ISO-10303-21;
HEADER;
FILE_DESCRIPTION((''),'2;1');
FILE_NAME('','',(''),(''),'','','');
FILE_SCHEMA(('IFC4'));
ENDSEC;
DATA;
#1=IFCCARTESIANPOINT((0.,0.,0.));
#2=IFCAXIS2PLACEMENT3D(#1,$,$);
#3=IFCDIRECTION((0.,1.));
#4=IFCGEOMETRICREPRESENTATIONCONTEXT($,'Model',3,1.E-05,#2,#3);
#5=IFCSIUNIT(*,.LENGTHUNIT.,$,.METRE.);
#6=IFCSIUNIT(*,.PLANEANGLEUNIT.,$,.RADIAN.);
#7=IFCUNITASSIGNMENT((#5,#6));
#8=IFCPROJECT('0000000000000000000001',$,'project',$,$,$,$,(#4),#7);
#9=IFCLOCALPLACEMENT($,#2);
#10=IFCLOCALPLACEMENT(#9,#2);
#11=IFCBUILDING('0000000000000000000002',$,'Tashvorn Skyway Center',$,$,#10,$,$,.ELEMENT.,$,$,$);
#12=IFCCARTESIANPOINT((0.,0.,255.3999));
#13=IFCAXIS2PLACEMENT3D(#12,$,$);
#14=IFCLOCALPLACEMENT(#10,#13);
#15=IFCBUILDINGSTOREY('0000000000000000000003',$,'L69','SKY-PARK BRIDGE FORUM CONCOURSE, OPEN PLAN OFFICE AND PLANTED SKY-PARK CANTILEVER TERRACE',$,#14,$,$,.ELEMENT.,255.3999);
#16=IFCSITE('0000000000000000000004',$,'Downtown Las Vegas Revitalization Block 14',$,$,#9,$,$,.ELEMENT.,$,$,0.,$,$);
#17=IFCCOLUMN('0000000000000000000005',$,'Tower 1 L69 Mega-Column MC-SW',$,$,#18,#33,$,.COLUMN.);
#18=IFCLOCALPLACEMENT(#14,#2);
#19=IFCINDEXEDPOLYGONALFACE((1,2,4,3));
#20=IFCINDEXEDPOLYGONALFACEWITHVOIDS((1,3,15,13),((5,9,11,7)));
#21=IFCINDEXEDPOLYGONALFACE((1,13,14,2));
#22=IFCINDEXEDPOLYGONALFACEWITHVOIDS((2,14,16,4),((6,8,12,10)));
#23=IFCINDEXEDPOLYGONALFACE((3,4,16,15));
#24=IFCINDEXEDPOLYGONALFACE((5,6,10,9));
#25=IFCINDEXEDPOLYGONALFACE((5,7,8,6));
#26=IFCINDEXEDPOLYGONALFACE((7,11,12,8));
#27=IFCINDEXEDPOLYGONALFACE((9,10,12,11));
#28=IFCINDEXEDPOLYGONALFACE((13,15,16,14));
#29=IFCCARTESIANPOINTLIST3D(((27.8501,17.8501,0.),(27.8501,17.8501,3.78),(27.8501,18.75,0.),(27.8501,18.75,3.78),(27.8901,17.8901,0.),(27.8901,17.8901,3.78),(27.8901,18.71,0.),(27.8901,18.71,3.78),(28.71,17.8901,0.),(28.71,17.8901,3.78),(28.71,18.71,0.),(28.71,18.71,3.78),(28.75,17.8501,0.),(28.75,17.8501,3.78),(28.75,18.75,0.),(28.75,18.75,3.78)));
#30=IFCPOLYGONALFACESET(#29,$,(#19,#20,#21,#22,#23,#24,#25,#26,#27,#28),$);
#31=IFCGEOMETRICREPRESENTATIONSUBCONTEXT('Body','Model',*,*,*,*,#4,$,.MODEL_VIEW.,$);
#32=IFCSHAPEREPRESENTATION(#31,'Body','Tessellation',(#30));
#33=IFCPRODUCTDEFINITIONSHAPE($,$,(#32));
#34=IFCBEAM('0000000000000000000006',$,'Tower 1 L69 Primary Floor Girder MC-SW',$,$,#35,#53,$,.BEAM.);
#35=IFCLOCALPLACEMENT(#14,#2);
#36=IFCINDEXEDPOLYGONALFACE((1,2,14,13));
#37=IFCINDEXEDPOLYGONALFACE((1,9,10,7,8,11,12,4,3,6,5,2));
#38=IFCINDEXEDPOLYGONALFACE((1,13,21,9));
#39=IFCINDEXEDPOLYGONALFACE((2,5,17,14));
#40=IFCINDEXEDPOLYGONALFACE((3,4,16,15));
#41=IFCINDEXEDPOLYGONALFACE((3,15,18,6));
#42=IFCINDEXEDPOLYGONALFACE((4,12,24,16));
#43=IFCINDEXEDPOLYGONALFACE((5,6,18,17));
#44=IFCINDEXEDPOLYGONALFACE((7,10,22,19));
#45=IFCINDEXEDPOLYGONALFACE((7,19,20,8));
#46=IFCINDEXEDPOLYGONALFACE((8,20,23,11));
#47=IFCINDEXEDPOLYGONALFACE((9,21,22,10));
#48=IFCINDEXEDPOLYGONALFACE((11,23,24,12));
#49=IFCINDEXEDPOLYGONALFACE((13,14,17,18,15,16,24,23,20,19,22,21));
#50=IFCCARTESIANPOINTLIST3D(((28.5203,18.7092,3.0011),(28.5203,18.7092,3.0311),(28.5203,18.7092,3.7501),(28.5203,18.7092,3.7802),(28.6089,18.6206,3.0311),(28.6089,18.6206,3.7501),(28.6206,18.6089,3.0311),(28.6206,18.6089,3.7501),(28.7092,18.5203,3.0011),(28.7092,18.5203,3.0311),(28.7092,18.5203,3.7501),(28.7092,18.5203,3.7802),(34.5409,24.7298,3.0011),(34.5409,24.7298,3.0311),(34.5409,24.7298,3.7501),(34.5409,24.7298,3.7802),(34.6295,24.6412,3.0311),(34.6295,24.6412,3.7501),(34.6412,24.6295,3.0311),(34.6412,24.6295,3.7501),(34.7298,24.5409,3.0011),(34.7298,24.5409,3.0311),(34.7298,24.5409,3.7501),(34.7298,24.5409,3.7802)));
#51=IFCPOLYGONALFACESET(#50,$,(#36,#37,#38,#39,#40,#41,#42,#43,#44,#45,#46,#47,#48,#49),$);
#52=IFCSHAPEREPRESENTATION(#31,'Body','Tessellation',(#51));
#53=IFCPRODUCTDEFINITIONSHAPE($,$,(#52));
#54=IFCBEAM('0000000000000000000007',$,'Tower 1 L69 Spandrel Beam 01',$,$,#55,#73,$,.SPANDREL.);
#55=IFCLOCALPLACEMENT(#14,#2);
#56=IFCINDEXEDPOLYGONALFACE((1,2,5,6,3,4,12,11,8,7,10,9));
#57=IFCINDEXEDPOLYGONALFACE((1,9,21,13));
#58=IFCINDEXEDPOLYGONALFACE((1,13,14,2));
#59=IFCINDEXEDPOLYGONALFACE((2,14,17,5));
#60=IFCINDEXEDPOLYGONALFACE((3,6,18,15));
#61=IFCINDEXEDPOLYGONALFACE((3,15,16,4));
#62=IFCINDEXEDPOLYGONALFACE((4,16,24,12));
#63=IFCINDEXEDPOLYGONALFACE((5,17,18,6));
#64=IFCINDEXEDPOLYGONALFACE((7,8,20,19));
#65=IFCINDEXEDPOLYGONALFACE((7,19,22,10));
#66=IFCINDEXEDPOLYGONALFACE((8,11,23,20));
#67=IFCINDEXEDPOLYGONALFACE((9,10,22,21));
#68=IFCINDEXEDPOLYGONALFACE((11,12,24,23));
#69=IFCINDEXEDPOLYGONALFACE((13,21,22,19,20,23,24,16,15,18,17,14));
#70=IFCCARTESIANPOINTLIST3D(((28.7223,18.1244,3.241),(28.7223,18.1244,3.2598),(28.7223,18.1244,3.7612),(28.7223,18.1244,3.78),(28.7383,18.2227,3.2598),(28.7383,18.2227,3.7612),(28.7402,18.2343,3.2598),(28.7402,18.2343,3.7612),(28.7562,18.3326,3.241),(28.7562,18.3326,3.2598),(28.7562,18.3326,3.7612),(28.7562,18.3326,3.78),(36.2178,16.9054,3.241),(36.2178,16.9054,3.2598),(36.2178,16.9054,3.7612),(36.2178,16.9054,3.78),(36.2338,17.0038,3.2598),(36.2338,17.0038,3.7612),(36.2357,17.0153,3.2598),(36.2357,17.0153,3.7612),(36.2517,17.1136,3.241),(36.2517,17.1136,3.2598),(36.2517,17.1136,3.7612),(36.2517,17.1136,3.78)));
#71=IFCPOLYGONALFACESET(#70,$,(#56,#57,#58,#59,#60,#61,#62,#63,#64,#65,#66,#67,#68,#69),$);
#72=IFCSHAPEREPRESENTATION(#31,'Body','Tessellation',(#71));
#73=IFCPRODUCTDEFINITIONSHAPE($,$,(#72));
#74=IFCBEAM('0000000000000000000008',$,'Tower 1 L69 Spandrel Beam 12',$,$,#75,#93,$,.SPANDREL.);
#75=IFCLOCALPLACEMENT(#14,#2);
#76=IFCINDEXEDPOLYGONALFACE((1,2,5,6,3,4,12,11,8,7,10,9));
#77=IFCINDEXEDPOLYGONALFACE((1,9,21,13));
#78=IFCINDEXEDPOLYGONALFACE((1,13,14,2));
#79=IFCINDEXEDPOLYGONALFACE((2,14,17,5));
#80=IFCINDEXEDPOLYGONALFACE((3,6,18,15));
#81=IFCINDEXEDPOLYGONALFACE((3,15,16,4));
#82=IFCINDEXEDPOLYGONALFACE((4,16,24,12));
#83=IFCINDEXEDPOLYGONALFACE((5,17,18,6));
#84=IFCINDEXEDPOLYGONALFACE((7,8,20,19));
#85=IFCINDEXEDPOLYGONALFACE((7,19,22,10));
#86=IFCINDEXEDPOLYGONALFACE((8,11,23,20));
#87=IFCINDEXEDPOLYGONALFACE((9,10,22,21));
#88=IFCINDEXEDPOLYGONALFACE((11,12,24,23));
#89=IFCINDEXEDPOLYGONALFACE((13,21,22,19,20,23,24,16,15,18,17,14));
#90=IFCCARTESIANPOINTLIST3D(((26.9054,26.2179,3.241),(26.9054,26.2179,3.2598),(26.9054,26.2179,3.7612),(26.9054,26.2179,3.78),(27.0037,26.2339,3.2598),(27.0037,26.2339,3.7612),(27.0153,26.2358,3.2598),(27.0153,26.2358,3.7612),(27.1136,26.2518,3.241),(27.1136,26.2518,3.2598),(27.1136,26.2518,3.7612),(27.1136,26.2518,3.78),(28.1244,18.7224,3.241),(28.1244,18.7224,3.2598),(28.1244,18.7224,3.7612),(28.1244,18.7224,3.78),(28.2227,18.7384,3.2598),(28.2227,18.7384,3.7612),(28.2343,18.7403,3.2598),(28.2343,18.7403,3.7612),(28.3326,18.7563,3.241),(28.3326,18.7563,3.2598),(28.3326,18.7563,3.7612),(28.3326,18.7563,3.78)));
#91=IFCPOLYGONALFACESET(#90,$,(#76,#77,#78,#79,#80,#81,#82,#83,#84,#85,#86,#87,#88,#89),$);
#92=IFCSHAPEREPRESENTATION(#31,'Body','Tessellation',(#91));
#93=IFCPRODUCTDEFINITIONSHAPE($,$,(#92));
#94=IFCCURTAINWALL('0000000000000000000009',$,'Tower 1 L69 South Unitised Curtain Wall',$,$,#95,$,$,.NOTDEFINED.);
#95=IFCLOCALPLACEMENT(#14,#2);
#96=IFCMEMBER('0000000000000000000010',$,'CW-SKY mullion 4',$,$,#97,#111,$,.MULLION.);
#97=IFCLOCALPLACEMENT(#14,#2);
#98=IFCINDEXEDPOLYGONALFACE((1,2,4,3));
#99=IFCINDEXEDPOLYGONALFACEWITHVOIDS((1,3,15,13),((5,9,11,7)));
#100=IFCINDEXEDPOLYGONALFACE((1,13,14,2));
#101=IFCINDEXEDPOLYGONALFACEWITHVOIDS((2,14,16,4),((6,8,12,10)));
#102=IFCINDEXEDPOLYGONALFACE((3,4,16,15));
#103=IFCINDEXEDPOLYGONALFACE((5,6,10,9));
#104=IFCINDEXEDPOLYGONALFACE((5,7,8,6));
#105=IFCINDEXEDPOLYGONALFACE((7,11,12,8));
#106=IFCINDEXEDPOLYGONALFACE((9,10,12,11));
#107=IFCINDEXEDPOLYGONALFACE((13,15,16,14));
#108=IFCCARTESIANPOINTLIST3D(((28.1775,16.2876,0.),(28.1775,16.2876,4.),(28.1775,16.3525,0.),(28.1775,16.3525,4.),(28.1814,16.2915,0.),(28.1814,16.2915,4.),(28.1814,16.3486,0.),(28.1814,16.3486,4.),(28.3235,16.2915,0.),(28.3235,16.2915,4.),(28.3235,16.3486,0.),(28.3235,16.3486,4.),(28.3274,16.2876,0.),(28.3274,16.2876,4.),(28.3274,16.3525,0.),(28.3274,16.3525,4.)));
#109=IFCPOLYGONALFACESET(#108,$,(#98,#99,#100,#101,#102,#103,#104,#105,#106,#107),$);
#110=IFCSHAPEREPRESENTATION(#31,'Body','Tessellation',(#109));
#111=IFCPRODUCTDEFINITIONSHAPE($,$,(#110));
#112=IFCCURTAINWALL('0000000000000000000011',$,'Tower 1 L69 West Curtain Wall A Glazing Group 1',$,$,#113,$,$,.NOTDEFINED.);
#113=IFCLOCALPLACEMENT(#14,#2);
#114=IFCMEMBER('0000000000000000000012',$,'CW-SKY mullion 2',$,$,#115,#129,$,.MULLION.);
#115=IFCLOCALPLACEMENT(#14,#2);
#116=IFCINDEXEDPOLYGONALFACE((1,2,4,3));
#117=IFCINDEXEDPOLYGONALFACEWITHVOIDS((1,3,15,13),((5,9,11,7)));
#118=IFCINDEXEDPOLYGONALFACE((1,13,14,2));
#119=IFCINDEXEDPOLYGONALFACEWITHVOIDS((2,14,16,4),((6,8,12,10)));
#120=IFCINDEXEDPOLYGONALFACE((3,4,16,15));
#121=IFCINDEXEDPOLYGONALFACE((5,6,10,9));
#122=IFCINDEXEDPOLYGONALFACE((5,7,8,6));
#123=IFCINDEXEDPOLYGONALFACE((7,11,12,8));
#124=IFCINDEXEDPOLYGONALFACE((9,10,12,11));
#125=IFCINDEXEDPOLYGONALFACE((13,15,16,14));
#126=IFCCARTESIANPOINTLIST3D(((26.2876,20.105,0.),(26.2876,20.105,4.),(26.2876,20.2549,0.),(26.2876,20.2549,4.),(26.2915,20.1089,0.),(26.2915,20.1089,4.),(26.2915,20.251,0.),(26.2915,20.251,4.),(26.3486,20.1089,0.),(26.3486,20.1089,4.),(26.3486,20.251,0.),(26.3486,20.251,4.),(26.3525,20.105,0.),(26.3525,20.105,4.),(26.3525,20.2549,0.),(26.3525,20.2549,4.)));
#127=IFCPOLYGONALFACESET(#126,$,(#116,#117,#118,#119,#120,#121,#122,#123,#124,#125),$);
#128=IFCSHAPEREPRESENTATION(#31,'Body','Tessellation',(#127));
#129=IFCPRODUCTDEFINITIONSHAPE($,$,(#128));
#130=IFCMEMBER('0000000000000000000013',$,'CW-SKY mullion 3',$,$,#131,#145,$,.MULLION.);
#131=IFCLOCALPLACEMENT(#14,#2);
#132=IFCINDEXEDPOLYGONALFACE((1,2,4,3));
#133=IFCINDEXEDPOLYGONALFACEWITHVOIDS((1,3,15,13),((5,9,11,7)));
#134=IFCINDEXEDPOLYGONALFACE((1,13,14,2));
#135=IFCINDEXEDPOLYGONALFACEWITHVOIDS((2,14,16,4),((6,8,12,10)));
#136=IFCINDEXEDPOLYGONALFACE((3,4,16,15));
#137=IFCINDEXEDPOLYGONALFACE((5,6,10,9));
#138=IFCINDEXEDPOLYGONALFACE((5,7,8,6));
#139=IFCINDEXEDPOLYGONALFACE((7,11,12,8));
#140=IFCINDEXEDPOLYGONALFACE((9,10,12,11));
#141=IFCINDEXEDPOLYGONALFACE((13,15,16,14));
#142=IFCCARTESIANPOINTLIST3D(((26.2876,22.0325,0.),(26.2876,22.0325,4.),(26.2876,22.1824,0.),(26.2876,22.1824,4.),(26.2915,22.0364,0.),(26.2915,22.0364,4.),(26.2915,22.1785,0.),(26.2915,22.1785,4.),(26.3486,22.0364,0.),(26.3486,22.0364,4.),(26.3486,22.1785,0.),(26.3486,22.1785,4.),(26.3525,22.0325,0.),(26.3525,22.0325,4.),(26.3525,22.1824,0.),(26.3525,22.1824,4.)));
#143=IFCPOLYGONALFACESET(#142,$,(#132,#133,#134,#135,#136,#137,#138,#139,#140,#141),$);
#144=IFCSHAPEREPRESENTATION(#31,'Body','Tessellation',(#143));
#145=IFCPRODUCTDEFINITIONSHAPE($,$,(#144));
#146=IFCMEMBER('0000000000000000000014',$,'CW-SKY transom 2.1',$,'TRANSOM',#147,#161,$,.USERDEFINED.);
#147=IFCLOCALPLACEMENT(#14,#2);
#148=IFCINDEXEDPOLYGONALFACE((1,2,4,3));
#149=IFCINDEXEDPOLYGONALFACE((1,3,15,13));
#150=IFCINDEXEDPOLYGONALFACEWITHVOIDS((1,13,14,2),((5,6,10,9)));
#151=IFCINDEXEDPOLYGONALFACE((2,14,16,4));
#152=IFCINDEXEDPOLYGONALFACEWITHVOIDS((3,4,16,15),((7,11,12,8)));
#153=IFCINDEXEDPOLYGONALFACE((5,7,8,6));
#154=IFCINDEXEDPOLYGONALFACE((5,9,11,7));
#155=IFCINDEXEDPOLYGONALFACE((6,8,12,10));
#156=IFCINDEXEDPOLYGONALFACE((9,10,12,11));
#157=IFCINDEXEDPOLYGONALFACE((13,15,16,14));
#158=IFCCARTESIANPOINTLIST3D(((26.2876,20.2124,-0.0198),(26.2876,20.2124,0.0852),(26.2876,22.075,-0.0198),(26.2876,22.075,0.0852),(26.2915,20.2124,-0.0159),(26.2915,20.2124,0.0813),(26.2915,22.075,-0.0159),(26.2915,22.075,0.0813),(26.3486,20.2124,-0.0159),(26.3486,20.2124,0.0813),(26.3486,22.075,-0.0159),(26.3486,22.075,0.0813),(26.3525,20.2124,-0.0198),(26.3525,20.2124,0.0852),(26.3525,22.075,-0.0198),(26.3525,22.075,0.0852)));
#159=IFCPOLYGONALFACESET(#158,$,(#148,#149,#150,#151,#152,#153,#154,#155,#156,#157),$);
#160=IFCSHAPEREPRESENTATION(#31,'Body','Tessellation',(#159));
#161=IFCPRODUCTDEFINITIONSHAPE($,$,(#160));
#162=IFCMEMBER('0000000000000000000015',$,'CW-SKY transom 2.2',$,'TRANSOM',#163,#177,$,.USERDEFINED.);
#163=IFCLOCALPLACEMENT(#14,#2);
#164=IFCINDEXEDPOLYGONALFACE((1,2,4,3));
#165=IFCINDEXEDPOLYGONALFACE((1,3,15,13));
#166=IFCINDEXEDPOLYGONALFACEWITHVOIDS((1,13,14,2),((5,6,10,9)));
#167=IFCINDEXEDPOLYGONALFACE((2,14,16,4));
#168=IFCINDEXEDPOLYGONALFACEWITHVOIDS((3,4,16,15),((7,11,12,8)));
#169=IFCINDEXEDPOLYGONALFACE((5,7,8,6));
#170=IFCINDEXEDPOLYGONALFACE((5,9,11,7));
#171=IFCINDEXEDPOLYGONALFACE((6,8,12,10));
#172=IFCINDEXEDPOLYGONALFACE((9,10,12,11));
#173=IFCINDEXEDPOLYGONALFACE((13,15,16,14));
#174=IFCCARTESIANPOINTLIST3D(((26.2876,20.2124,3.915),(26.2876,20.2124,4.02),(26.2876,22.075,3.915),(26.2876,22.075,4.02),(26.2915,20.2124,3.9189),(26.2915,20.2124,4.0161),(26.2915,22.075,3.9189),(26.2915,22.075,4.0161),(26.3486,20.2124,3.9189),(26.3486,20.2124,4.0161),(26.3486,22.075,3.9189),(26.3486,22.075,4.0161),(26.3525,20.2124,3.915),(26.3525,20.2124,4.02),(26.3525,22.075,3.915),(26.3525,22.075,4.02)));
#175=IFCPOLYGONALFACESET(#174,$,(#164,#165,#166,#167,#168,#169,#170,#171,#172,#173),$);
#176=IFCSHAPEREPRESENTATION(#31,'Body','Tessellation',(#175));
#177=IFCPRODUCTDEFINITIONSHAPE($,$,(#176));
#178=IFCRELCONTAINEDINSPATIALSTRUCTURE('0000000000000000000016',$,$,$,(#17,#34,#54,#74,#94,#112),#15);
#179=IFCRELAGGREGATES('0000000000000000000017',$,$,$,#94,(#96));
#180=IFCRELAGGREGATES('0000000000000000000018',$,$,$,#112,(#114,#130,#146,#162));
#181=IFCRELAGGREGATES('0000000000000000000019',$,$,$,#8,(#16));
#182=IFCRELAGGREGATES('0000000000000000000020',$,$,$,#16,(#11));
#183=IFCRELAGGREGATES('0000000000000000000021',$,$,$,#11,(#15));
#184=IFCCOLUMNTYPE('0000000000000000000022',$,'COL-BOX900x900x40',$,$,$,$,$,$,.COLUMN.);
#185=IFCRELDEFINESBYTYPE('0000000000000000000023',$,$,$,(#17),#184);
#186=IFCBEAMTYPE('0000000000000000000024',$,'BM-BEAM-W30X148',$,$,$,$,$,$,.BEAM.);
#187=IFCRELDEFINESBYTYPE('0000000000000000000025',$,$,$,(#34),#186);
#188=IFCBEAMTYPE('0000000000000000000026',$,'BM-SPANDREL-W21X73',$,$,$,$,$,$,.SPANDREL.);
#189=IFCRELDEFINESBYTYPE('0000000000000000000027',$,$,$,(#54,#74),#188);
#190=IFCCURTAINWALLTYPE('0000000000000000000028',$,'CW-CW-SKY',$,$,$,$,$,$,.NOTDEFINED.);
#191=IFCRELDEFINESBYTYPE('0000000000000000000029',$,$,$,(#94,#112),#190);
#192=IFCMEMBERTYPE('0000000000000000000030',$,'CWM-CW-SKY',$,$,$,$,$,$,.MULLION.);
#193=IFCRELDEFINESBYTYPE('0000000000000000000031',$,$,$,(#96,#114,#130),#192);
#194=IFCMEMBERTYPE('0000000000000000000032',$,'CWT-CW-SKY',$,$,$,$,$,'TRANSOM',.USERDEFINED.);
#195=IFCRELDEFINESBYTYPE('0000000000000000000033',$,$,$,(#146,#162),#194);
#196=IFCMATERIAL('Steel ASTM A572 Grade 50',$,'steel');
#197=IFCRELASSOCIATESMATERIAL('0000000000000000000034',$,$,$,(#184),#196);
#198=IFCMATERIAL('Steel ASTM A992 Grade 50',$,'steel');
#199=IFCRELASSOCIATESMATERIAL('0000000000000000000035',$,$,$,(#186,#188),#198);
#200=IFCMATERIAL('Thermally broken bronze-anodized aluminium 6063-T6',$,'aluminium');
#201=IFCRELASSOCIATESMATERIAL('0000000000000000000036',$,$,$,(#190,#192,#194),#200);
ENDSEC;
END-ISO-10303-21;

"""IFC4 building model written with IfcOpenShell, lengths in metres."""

from ifc_helpers import new_model, si_unit, direction, frame, origin, origin_2d, place, context, subcontext, project, spatial, hollow_rectangle, i_section, extrude, material, material_profile, profile_set, type_object, element, aggregate, save


model = new_model("IFC4")

# Units and contexts
model_context = context("Model", 3, precision=1e-05, world=origin(), true_north=direction((0.0, 1.0)))
body_context = subcontext(model_context, "Body", "Model", "MODEL_VIEW")
ifc_project = project(units=[si_unit("LENGTHUNIT", "METRE"), si_unit("PLANEANGLEUNIT", "RADIAN")], contexts=[model_context])

# Site, building, storey
site_placement = place(None, origin())
site = spatial("IfcSite", under=ifc_project, at=site_placement, Name="Downtown Las Vegas Revitalization Block 14", CompositionType="ELEMENT", RefElevation=0.0)
building_placement = place(site_placement, origin())
building = spatial("IfcBuilding", under=site, at=building_placement, Name="Tashvorn Skyway Center", CompositionType="ELEMENT")
storey_placement = place(building_placement, frame((0.0, 0.0, 255.3999)))
storey = spatial("IfcBuildingStorey", under=building, at=storey_placement, Name="L69", Description="SKY-PARK BRIDGE FORUM CONCOURSE, OPEN PLAN OFFICE AND PLANTED SKY-PARK CANTILEVER TERRACE", CompositionType="ELEMENT", Elevation=255.3999)

# Column
ifc_material_1 = material(Name="Steel ASTM A572 Grade 50", Category="steel")
ifc_material_profile_1 = material_profile(ifc_material_1, hollow_rectangle(XDim=0.8999, YDim=0.8999, WallThickness=0.04, at=origin_2d()), Name="BOX900x900x40")
ifc_profile_set_1 = profile_set([ifc_material_profile_1], Name="Steel ASTM A572 Grade 50")
column_type = type_object("IfcColumnType", Name="COL-BOX900x900x40", PredefinedType="COLUMN", material=ifc_profile_set_1)
column_placement = place(storey_placement, frame((28.3, 18.3, 0.0), z_axis=(0.0, 0.0, 1.0), x_axis=(1.0, 0.0, 0.0)))
element("IfcColumn", 1, at=column_placement, inside=storey, type_object=column_type, Name="Tower 1 L69 Mega-Column MC-SW", PredefinedType="COLUMN", context=body_context, shape_type="SweptSolid", body=[
    extrude(hollow_rectangle(XDim=0.8999, YDim=0.8999, WallThickness=0.04, at=origin_2d()), origin(), (0.0, 0.0, 1.0), 3.78),
])

# Beams
ifc_material_2 = material(Name="Steel ASTM A992 Grade 50", Category="steel")
ifc_material_profile_2 = material_profile(ifc_material_2, i_section(OverallWidth=0.2671, OverallDepth=0.7791, WebThickness=0.0166, FlangeThickness=0.03, at=origin_2d()), Name="W30X148")
ifc_profile_set_2 = profile_set([ifc_material_profile_2], Name="Steel ASTM A992 Grade 50")
beam_type_1 = type_object("IfcBeamType", Name="BM-BEAM-W30X148", PredefinedType="BEAM", material=ifc_profile_set_2)
beam_placement = place(storey_placement, frame((28.6147, 18.6147, 3.3906), z_axis=(0.707107, 0.707107, 0.0), x_axis=(-0.707107, 0.707107, 0.0)))
element("IfcBeam", 2, at=beam_placement, inside=storey, type_object=beam_type_1, Name="Tower 1 L69 Primary Floor Girder MC-SW", PredefinedType="BEAM", context=body_context, shape_type="SweptSolid", body=[
    extrude(i_section(OverallWidth=0.2671, OverallDepth=0.7791, WebThickness=0.0166, FlangeThickness=0.03, at=origin_2d()), origin(), (0.0, 0.0, 1.0), 8.5144),
])
ifc_material_profile_3 = material_profile(ifc_material_2, i_section(OverallWidth=0.2109, OverallDepth=0.5391, WebThickness=0.0117, FlangeThickness=0.0188, at=origin_2d()), Name="W21X73")
ifc_profile_set_3 = profile_set([ifc_material_profile_3], Name="Steel ASTM A992 Grade 50")
beam_type_2 = type_object("IfcBeamType", Name="BM-SPANDREL-W21X73", PredefinedType="SPANDREL", material=ifc_profile_set_3)
for number, where, z_axis, x_axis, name in (
    (3, (28.7393, 18.2285, 3.5105), (0.987033, -0.160519, 0.0), (0.160519, 0.987033, 0.0), "Tower 1 L69 Spandrel Beam 01"),
    (4, (27.0095, 26.2349, 3.5105), (0.160519, -0.987033, 0.0), (0.987033, 0.160519, 0.0), "Tower 1 L69 Spandrel Beam 12"),
):
    element("IfcBeam", number, at=place(storey_placement, frame(where, z_axis=z_axis, x_axis=x_axis)), inside=storey, type_object=beam_type_2, Name=name, PredefinedType="SPANDREL", context=body_context, shape_type="SweptSolid", body=[
        extrude(i_section(OverallWidth=0.2109, OverallDepth=0.5391, WebThickness=0.0117, FlangeThickness=0.0188, at=origin_2d()), origin(), (0.0, 0.0, 1.0), 7.594),
    ])

# Curtain wall, member
ifc_material_3 = material(Name="Thermally broken bronze-anodized aluminium 6063-T6", Category="aluminium")
curtain_wall_type = type_object("IfcCurtainWallType", Name="CW-CW-SKY", PredefinedType="NOTDEFINED", material=ifc_material_3)
curtain_wall_1_placement = place(storey_placement, origin())
curtain_wall_1 = element("IfcCurtainWall", 5, at=curtain_wall_1_placement, inside=storey, type_object=curtain_wall_type, Name="Tower 1 L69 South Unitised Curtain Wall", PredefinedType="NOTDEFINED")
ifc_material_profile_4 = material_profile(ifc_material_3, hollow_rectangle(XDim=0.0649, YDim=0.1499, WallThickness=0.0039, at=origin_2d()), Name="ALU-MULL-65x150")
ifc_profile_set_4 = profile_set([ifc_material_profile_4], Name="Thermally broken bronze-anodized aluminium 6063-T6")
member_type_1 = type_object("IfcMemberType", Name="CWM-CW-SKY", PredefinedType="MULLION", material=ifc_profile_set_4)
member_1_placement = place(storey_placement, frame((28.2524, 16.3201, 0.0), z_axis=(0.0, 0.0, 1.0), x_axis=(0.0, -1.0, 0.0)))
member_1 = element("IfcMember", 6, at=member_1_placement, type_object=member_type_1, Name="CW-SKY mullion 4", PredefinedType="MULLION", context=body_context, shape_type="SweptSolid", body=[
    extrude(hollow_rectangle(XDim=0.0649, YDim=0.1499, WallThickness=0.0039, at=origin_2d()), origin(), (0.0, 0.0, 1.0), 4.0),
])
aggregate(curtain_wall_1, [member_1])

# Curtain wall, members
curtain_wall_2_placement = place(storey_placement, origin())
curtain_wall_2 = element("IfcCurtainWall", 7, at=curtain_wall_2_placement, inside=storey, type_object=curtain_wall_type, Name="Tower 1 L69 West Curtain Wall A Glazing Group 1", PredefinedType="NOTDEFINED")
member_2_placement = place(storey_placement, frame((26.3201, 20.1799, 0.0), z_axis=(0.0, 0.0, 1.0), x_axis=(-1.0, 0.0, 0.0)))
member_2 = element("IfcMember", 8, at=member_2_placement, type_object=member_type_1, Name="CW-SKY mullion 2", PredefinedType="MULLION", context=body_context, shape_type="SweptSolid", body=[
    extrude(hollow_rectangle(XDim=0.0649, YDim=0.1499, WallThickness=0.0039, at=origin_2d()), origin(), (0.0, 0.0, 1.0), 4.0),
])
member_3_placement = place(storey_placement, frame((26.3201, 22.1074, 0.0), z_axis=(0.0, 0.0, 1.0), x_axis=(-1.0, 0.0, 0.0)))
member_3 = element("IfcMember", 9, at=member_3_placement, type_object=member_type_1, Name="CW-SKY mullion 3", PredefinedType="MULLION", context=body_context, shape_type="SweptSolid", body=[
    extrude(hollow_rectangle(XDim=0.0649, YDim=0.1499, WallThickness=0.0039, at=origin_2d()), origin(), (0.0, 0.0, 1.0), 4.0),
])
ifc_material_profile_5 = material_profile(ifc_material_3, hollow_rectangle(XDim=0.0649, YDim=0.105, WallThickness=0.0039, at=origin_2d()), Name="ALU-TRAN-65x105")
ifc_profile_set_5 = profile_set([ifc_material_profile_5], Name="Thermally broken bronze-anodized aluminium 6063-T6")
member_type_2 = type_object("IfcMemberType", Name="CWT-CW-SKY", ElementType="TRANSOM", PredefinedType="USERDEFINED", material=ifc_profile_set_5)
member_4_placement = place(storey_placement, frame((26.3201, 20.2124, 0.0327), z_axis=(0.0, 1.0, 0.0), x_axis=(-1.0, 0.0, 0.0)))
member_4 = element("IfcMember", 10, at=member_4_placement, type_object=member_type_2, Name="CW-SKY transom 2.1", ObjectType="TRANSOM", PredefinedType="USERDEFINED", context=body_context, shape_type="SweptSolid", body=[
    extrude(hollow_rectangle(XDim=0.0649, YDim=0.105, WallThickness=0.0039, at=origin_2d()), origin(), (0.0, 0.0, 1.0), 1.8625),
])
member_5_placement = place(storey_placement, frame((26.3201, 20.2124, 3.9675), z_axis=(0.0, 1.0, 0.0), x_axis=(-1.0, 0.0, 0.0)))
member_5 = element("IfcMember", 11, at=member_5_placement, type_object=member_type_2, Name="CW-SKY transom 2.2", ObjectType="TRANSOM", PredefinedType="USERDEFINED", context=body_context, shape_type="SweptSolid", body=[
    extrude(hollow_rectangle(XDim=0.0649, YDim=0.105, WallThickness=0.0039, at=origin_2d()), origin(), (0.0, 0.0, 1.0), 1.8625),
])

aggregate(curtain_wall_2, [member_2, member_3, member_4, member_5])

save(model, "model.ifc")
